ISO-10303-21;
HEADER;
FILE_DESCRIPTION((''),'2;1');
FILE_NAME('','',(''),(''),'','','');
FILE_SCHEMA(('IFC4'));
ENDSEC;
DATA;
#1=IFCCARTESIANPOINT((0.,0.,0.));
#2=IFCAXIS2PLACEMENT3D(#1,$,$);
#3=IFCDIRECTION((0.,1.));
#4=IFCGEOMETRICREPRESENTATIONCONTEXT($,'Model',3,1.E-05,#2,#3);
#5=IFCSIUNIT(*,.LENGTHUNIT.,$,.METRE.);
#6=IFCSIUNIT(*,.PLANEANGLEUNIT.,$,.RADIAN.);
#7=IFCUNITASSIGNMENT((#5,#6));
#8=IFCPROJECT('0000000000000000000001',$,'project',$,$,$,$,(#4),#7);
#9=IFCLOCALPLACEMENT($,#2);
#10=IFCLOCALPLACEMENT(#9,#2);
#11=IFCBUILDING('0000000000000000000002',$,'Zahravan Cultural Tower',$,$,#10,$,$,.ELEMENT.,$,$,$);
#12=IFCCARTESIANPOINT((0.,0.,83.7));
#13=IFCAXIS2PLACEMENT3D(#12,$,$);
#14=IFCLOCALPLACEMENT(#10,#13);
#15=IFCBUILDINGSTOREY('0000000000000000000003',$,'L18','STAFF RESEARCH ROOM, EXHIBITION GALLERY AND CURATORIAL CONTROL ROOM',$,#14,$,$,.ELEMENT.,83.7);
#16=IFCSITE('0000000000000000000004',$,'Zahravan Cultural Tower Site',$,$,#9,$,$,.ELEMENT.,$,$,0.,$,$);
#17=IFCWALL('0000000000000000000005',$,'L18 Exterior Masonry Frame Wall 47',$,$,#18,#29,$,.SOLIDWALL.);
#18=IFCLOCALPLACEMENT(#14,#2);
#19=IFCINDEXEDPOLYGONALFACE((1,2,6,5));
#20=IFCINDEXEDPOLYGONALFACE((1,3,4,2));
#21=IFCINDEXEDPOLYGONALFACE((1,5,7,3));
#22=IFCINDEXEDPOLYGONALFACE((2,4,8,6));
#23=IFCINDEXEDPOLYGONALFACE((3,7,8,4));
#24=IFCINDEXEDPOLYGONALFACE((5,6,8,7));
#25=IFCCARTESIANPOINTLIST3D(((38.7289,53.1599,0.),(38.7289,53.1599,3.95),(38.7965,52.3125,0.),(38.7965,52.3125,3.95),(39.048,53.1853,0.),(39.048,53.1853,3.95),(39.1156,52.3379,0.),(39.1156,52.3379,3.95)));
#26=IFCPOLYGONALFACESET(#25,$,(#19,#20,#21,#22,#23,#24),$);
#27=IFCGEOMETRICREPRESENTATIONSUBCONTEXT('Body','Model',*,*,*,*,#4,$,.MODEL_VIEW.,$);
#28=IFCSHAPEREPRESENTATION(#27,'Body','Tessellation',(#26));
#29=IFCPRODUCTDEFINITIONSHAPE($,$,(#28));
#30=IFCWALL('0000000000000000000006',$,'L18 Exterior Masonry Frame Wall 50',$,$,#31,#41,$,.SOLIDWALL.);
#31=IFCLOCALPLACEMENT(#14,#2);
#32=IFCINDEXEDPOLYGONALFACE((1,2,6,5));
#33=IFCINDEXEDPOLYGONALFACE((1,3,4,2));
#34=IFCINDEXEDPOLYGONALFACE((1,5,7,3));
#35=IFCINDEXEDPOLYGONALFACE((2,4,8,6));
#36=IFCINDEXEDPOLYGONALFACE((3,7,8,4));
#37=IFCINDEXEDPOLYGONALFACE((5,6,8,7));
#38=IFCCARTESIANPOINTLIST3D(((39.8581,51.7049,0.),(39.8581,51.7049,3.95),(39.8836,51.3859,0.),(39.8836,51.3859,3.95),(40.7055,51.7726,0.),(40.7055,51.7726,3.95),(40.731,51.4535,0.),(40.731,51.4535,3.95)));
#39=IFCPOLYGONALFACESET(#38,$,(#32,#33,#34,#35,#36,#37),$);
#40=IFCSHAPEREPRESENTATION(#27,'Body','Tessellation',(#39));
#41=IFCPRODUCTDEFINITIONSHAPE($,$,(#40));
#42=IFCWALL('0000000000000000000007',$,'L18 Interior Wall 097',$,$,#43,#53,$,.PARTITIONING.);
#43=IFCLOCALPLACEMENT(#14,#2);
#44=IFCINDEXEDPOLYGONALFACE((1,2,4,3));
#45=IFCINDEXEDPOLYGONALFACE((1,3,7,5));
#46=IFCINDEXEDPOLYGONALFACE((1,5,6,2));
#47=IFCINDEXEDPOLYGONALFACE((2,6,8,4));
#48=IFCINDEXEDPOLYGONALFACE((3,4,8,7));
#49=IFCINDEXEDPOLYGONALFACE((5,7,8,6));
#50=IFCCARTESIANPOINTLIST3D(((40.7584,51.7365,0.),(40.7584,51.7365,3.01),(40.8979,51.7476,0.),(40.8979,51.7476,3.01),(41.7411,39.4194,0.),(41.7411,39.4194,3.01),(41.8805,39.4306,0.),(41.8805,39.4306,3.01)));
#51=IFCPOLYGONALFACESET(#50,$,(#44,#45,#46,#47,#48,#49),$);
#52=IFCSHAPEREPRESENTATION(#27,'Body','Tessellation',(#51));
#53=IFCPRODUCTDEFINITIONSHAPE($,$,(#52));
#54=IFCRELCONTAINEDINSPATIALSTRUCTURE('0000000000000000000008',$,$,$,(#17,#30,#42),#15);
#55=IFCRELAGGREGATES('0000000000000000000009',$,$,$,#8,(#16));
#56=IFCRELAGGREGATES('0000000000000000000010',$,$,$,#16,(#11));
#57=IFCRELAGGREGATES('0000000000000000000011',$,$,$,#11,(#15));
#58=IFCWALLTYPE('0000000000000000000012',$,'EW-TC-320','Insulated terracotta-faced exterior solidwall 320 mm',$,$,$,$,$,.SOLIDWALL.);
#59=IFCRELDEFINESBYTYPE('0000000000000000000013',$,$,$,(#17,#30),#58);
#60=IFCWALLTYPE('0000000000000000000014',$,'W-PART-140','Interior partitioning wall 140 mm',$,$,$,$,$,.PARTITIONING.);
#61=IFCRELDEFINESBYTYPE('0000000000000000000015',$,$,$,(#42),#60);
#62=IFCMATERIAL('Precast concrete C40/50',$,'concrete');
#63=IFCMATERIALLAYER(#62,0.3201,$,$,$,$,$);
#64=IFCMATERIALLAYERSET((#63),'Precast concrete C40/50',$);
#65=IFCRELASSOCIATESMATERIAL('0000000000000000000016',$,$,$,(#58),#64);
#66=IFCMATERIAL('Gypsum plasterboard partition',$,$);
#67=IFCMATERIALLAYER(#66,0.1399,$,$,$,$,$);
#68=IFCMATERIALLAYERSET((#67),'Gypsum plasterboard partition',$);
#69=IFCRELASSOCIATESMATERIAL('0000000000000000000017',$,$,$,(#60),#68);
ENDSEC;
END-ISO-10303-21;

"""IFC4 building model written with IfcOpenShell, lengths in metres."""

from ifc_helpers import new_model, si_unit, direction, frame, frame_2d, origin, place, context, subcontext, project, spatial, rectangle, extrude, source, transform, mapped, material, layer, layer_set, type_object, element, save


model = new_model("IFC4")

# Units and contexts
model_context = context("Model", 3, precision=1e-05, world=origin(), true_north=direction((0.0, 1.0)))
body_context = subcontext(model_context, "Body", "Model", "MODEL_VIEW")
ifc_project = project(units=[si_unit("LENGTHUNIT", "METRE"), si_unit("PLANEANGLEUNIT", "RADIAN")], contexts=[model_context])

# Site, building, storey
site_placement = place(None, origin())
site = spatial("IfcSite", under=ifc_project, at=site_placement, Name="Zahravan Cultural Tower Site", CompositionType="ELEMENT", RefElevation=0.0)
building_placement = place(site_placement, origin())
building = spatial("IfcBuilding", under=site, at=building_placement, Name="Zahravan Cultural Tower", CompositionType="ELEMENT")
storey_placement = place(building_placement, frame((0.0, 0.0, 83.7)))
storey = spatial("IfcBuildingStorey", under=building, at=storey_placement, Name="L18", Description="STAFF RESEARCH ROOM, EXHIBITION GALLERY AND CURATORIAL CONTROL ROOM", CompositionType="ELEMENT", Elevation=83.7)

# Walls
ifc_material_1 = material(Name="Precast concrete C40/50", Category="concrete")
ifc_layer_1 = layer(ifc_material_1, 0.3201)
ifc_layer_set_1 = layer_set([ifc_layer_1], Name="Precast concrete C40/50")
wall_type_1 = type_object("IfcWallType", Name="EW-TC-320", Description="Insulated terracotta-faced exterior solidwall 320 mm", PredefinedType="SOLIDWALL", material=ifc_layer_set_1)
shared_shape_1 = source(origin(), body_context, "Body", "SweptSolid", [
    extrude(rectangle(XDim=0.8501, YDim=0.3201, at=frame_2d((0.425, 0.0))), origin(), (0.0, 0.0, 1.0), 3.95),
])
for number, where, z_axis, x_axis, name in (
    (1, (38.8884, 53.1726, 0.0), (0.0, 0.0, 1.0), (0.079551, -0.996831, 0.0), "L18 Exterior Masonry Frame Wall 47"),
    (2, (39.8708, 51.5454, 0.0), (0.0, 0.0, 1.0), (0.996831, 0.079551, 0.0), "L18 Exterior Masonry Frame Wall 50"),
):
    element("IfcWall", number, at=place(storey_placement, frame(where, z_axis=z_axis, x_axis=x_axis)), inside=storey, type_object=wall_type_1, Name=name, PredefinedType="SOLIDWALL", context=body_context, shape_type="MappedRepresentation", body=[
        mapped(shared_shape_1, transform((0.0, 0.0, 0.0), x_axis=(1.0, 0.0, 0.0), y_axis=(0.0, 1.0, 0.0), z_axis=(0.0, 0.0, 1.0), scale=1.0)),
    ])
ifc_material_2 = material(Name="Gypsum plasterboard partition")
ifc_layer_2 = layer(ifc_material_2, 0.1399)
ifc_layer_set_2 = layer_set([ifc_layer_2], Name="Gypsum plasterboard partition")
wall_type_2 = type_object("IfcWallType", Name="W-PART-140", Description="Interior partitioning wall 140 mm", PredefinedType="PARTITIONING", material=ifc_layer_set_2)
shared_shape_2 = source(origin(), body_context, "Body", "SweptSolid", [
    extrude(rectangle(XDim=12.3562, YDim=0.1399, at=frame_2d((6.1782, 0.0))), origin(), (0.0, 0.0, 1.0), 3.01),
])
wall_placement = place(storey_placement, frame((40.8281, 51.7422, 0.0), z_axis=(0.0, 0.0, 1.0), x_axis=(0.079528, -0.996833, 0.0)))
element("IfcWall", 3, at=wall_placement, inside=storey, type_object=wall_type_2, Name="L18 Interior Wall 097", PredefinedType="PARTITIONING", context=body_context, shape_type="MappedRepresentation", body=[
    mapped(shared_shape_2, transform((0.0, 0.0, 0.0), x_axis=(1.0, 0.0, 0.0), y_axis=(0.0, 1.0, 0.0), z_axis=(0.0, 0.0, 1.0), scale=1.0)),
])

save(model, "model.ifc")
